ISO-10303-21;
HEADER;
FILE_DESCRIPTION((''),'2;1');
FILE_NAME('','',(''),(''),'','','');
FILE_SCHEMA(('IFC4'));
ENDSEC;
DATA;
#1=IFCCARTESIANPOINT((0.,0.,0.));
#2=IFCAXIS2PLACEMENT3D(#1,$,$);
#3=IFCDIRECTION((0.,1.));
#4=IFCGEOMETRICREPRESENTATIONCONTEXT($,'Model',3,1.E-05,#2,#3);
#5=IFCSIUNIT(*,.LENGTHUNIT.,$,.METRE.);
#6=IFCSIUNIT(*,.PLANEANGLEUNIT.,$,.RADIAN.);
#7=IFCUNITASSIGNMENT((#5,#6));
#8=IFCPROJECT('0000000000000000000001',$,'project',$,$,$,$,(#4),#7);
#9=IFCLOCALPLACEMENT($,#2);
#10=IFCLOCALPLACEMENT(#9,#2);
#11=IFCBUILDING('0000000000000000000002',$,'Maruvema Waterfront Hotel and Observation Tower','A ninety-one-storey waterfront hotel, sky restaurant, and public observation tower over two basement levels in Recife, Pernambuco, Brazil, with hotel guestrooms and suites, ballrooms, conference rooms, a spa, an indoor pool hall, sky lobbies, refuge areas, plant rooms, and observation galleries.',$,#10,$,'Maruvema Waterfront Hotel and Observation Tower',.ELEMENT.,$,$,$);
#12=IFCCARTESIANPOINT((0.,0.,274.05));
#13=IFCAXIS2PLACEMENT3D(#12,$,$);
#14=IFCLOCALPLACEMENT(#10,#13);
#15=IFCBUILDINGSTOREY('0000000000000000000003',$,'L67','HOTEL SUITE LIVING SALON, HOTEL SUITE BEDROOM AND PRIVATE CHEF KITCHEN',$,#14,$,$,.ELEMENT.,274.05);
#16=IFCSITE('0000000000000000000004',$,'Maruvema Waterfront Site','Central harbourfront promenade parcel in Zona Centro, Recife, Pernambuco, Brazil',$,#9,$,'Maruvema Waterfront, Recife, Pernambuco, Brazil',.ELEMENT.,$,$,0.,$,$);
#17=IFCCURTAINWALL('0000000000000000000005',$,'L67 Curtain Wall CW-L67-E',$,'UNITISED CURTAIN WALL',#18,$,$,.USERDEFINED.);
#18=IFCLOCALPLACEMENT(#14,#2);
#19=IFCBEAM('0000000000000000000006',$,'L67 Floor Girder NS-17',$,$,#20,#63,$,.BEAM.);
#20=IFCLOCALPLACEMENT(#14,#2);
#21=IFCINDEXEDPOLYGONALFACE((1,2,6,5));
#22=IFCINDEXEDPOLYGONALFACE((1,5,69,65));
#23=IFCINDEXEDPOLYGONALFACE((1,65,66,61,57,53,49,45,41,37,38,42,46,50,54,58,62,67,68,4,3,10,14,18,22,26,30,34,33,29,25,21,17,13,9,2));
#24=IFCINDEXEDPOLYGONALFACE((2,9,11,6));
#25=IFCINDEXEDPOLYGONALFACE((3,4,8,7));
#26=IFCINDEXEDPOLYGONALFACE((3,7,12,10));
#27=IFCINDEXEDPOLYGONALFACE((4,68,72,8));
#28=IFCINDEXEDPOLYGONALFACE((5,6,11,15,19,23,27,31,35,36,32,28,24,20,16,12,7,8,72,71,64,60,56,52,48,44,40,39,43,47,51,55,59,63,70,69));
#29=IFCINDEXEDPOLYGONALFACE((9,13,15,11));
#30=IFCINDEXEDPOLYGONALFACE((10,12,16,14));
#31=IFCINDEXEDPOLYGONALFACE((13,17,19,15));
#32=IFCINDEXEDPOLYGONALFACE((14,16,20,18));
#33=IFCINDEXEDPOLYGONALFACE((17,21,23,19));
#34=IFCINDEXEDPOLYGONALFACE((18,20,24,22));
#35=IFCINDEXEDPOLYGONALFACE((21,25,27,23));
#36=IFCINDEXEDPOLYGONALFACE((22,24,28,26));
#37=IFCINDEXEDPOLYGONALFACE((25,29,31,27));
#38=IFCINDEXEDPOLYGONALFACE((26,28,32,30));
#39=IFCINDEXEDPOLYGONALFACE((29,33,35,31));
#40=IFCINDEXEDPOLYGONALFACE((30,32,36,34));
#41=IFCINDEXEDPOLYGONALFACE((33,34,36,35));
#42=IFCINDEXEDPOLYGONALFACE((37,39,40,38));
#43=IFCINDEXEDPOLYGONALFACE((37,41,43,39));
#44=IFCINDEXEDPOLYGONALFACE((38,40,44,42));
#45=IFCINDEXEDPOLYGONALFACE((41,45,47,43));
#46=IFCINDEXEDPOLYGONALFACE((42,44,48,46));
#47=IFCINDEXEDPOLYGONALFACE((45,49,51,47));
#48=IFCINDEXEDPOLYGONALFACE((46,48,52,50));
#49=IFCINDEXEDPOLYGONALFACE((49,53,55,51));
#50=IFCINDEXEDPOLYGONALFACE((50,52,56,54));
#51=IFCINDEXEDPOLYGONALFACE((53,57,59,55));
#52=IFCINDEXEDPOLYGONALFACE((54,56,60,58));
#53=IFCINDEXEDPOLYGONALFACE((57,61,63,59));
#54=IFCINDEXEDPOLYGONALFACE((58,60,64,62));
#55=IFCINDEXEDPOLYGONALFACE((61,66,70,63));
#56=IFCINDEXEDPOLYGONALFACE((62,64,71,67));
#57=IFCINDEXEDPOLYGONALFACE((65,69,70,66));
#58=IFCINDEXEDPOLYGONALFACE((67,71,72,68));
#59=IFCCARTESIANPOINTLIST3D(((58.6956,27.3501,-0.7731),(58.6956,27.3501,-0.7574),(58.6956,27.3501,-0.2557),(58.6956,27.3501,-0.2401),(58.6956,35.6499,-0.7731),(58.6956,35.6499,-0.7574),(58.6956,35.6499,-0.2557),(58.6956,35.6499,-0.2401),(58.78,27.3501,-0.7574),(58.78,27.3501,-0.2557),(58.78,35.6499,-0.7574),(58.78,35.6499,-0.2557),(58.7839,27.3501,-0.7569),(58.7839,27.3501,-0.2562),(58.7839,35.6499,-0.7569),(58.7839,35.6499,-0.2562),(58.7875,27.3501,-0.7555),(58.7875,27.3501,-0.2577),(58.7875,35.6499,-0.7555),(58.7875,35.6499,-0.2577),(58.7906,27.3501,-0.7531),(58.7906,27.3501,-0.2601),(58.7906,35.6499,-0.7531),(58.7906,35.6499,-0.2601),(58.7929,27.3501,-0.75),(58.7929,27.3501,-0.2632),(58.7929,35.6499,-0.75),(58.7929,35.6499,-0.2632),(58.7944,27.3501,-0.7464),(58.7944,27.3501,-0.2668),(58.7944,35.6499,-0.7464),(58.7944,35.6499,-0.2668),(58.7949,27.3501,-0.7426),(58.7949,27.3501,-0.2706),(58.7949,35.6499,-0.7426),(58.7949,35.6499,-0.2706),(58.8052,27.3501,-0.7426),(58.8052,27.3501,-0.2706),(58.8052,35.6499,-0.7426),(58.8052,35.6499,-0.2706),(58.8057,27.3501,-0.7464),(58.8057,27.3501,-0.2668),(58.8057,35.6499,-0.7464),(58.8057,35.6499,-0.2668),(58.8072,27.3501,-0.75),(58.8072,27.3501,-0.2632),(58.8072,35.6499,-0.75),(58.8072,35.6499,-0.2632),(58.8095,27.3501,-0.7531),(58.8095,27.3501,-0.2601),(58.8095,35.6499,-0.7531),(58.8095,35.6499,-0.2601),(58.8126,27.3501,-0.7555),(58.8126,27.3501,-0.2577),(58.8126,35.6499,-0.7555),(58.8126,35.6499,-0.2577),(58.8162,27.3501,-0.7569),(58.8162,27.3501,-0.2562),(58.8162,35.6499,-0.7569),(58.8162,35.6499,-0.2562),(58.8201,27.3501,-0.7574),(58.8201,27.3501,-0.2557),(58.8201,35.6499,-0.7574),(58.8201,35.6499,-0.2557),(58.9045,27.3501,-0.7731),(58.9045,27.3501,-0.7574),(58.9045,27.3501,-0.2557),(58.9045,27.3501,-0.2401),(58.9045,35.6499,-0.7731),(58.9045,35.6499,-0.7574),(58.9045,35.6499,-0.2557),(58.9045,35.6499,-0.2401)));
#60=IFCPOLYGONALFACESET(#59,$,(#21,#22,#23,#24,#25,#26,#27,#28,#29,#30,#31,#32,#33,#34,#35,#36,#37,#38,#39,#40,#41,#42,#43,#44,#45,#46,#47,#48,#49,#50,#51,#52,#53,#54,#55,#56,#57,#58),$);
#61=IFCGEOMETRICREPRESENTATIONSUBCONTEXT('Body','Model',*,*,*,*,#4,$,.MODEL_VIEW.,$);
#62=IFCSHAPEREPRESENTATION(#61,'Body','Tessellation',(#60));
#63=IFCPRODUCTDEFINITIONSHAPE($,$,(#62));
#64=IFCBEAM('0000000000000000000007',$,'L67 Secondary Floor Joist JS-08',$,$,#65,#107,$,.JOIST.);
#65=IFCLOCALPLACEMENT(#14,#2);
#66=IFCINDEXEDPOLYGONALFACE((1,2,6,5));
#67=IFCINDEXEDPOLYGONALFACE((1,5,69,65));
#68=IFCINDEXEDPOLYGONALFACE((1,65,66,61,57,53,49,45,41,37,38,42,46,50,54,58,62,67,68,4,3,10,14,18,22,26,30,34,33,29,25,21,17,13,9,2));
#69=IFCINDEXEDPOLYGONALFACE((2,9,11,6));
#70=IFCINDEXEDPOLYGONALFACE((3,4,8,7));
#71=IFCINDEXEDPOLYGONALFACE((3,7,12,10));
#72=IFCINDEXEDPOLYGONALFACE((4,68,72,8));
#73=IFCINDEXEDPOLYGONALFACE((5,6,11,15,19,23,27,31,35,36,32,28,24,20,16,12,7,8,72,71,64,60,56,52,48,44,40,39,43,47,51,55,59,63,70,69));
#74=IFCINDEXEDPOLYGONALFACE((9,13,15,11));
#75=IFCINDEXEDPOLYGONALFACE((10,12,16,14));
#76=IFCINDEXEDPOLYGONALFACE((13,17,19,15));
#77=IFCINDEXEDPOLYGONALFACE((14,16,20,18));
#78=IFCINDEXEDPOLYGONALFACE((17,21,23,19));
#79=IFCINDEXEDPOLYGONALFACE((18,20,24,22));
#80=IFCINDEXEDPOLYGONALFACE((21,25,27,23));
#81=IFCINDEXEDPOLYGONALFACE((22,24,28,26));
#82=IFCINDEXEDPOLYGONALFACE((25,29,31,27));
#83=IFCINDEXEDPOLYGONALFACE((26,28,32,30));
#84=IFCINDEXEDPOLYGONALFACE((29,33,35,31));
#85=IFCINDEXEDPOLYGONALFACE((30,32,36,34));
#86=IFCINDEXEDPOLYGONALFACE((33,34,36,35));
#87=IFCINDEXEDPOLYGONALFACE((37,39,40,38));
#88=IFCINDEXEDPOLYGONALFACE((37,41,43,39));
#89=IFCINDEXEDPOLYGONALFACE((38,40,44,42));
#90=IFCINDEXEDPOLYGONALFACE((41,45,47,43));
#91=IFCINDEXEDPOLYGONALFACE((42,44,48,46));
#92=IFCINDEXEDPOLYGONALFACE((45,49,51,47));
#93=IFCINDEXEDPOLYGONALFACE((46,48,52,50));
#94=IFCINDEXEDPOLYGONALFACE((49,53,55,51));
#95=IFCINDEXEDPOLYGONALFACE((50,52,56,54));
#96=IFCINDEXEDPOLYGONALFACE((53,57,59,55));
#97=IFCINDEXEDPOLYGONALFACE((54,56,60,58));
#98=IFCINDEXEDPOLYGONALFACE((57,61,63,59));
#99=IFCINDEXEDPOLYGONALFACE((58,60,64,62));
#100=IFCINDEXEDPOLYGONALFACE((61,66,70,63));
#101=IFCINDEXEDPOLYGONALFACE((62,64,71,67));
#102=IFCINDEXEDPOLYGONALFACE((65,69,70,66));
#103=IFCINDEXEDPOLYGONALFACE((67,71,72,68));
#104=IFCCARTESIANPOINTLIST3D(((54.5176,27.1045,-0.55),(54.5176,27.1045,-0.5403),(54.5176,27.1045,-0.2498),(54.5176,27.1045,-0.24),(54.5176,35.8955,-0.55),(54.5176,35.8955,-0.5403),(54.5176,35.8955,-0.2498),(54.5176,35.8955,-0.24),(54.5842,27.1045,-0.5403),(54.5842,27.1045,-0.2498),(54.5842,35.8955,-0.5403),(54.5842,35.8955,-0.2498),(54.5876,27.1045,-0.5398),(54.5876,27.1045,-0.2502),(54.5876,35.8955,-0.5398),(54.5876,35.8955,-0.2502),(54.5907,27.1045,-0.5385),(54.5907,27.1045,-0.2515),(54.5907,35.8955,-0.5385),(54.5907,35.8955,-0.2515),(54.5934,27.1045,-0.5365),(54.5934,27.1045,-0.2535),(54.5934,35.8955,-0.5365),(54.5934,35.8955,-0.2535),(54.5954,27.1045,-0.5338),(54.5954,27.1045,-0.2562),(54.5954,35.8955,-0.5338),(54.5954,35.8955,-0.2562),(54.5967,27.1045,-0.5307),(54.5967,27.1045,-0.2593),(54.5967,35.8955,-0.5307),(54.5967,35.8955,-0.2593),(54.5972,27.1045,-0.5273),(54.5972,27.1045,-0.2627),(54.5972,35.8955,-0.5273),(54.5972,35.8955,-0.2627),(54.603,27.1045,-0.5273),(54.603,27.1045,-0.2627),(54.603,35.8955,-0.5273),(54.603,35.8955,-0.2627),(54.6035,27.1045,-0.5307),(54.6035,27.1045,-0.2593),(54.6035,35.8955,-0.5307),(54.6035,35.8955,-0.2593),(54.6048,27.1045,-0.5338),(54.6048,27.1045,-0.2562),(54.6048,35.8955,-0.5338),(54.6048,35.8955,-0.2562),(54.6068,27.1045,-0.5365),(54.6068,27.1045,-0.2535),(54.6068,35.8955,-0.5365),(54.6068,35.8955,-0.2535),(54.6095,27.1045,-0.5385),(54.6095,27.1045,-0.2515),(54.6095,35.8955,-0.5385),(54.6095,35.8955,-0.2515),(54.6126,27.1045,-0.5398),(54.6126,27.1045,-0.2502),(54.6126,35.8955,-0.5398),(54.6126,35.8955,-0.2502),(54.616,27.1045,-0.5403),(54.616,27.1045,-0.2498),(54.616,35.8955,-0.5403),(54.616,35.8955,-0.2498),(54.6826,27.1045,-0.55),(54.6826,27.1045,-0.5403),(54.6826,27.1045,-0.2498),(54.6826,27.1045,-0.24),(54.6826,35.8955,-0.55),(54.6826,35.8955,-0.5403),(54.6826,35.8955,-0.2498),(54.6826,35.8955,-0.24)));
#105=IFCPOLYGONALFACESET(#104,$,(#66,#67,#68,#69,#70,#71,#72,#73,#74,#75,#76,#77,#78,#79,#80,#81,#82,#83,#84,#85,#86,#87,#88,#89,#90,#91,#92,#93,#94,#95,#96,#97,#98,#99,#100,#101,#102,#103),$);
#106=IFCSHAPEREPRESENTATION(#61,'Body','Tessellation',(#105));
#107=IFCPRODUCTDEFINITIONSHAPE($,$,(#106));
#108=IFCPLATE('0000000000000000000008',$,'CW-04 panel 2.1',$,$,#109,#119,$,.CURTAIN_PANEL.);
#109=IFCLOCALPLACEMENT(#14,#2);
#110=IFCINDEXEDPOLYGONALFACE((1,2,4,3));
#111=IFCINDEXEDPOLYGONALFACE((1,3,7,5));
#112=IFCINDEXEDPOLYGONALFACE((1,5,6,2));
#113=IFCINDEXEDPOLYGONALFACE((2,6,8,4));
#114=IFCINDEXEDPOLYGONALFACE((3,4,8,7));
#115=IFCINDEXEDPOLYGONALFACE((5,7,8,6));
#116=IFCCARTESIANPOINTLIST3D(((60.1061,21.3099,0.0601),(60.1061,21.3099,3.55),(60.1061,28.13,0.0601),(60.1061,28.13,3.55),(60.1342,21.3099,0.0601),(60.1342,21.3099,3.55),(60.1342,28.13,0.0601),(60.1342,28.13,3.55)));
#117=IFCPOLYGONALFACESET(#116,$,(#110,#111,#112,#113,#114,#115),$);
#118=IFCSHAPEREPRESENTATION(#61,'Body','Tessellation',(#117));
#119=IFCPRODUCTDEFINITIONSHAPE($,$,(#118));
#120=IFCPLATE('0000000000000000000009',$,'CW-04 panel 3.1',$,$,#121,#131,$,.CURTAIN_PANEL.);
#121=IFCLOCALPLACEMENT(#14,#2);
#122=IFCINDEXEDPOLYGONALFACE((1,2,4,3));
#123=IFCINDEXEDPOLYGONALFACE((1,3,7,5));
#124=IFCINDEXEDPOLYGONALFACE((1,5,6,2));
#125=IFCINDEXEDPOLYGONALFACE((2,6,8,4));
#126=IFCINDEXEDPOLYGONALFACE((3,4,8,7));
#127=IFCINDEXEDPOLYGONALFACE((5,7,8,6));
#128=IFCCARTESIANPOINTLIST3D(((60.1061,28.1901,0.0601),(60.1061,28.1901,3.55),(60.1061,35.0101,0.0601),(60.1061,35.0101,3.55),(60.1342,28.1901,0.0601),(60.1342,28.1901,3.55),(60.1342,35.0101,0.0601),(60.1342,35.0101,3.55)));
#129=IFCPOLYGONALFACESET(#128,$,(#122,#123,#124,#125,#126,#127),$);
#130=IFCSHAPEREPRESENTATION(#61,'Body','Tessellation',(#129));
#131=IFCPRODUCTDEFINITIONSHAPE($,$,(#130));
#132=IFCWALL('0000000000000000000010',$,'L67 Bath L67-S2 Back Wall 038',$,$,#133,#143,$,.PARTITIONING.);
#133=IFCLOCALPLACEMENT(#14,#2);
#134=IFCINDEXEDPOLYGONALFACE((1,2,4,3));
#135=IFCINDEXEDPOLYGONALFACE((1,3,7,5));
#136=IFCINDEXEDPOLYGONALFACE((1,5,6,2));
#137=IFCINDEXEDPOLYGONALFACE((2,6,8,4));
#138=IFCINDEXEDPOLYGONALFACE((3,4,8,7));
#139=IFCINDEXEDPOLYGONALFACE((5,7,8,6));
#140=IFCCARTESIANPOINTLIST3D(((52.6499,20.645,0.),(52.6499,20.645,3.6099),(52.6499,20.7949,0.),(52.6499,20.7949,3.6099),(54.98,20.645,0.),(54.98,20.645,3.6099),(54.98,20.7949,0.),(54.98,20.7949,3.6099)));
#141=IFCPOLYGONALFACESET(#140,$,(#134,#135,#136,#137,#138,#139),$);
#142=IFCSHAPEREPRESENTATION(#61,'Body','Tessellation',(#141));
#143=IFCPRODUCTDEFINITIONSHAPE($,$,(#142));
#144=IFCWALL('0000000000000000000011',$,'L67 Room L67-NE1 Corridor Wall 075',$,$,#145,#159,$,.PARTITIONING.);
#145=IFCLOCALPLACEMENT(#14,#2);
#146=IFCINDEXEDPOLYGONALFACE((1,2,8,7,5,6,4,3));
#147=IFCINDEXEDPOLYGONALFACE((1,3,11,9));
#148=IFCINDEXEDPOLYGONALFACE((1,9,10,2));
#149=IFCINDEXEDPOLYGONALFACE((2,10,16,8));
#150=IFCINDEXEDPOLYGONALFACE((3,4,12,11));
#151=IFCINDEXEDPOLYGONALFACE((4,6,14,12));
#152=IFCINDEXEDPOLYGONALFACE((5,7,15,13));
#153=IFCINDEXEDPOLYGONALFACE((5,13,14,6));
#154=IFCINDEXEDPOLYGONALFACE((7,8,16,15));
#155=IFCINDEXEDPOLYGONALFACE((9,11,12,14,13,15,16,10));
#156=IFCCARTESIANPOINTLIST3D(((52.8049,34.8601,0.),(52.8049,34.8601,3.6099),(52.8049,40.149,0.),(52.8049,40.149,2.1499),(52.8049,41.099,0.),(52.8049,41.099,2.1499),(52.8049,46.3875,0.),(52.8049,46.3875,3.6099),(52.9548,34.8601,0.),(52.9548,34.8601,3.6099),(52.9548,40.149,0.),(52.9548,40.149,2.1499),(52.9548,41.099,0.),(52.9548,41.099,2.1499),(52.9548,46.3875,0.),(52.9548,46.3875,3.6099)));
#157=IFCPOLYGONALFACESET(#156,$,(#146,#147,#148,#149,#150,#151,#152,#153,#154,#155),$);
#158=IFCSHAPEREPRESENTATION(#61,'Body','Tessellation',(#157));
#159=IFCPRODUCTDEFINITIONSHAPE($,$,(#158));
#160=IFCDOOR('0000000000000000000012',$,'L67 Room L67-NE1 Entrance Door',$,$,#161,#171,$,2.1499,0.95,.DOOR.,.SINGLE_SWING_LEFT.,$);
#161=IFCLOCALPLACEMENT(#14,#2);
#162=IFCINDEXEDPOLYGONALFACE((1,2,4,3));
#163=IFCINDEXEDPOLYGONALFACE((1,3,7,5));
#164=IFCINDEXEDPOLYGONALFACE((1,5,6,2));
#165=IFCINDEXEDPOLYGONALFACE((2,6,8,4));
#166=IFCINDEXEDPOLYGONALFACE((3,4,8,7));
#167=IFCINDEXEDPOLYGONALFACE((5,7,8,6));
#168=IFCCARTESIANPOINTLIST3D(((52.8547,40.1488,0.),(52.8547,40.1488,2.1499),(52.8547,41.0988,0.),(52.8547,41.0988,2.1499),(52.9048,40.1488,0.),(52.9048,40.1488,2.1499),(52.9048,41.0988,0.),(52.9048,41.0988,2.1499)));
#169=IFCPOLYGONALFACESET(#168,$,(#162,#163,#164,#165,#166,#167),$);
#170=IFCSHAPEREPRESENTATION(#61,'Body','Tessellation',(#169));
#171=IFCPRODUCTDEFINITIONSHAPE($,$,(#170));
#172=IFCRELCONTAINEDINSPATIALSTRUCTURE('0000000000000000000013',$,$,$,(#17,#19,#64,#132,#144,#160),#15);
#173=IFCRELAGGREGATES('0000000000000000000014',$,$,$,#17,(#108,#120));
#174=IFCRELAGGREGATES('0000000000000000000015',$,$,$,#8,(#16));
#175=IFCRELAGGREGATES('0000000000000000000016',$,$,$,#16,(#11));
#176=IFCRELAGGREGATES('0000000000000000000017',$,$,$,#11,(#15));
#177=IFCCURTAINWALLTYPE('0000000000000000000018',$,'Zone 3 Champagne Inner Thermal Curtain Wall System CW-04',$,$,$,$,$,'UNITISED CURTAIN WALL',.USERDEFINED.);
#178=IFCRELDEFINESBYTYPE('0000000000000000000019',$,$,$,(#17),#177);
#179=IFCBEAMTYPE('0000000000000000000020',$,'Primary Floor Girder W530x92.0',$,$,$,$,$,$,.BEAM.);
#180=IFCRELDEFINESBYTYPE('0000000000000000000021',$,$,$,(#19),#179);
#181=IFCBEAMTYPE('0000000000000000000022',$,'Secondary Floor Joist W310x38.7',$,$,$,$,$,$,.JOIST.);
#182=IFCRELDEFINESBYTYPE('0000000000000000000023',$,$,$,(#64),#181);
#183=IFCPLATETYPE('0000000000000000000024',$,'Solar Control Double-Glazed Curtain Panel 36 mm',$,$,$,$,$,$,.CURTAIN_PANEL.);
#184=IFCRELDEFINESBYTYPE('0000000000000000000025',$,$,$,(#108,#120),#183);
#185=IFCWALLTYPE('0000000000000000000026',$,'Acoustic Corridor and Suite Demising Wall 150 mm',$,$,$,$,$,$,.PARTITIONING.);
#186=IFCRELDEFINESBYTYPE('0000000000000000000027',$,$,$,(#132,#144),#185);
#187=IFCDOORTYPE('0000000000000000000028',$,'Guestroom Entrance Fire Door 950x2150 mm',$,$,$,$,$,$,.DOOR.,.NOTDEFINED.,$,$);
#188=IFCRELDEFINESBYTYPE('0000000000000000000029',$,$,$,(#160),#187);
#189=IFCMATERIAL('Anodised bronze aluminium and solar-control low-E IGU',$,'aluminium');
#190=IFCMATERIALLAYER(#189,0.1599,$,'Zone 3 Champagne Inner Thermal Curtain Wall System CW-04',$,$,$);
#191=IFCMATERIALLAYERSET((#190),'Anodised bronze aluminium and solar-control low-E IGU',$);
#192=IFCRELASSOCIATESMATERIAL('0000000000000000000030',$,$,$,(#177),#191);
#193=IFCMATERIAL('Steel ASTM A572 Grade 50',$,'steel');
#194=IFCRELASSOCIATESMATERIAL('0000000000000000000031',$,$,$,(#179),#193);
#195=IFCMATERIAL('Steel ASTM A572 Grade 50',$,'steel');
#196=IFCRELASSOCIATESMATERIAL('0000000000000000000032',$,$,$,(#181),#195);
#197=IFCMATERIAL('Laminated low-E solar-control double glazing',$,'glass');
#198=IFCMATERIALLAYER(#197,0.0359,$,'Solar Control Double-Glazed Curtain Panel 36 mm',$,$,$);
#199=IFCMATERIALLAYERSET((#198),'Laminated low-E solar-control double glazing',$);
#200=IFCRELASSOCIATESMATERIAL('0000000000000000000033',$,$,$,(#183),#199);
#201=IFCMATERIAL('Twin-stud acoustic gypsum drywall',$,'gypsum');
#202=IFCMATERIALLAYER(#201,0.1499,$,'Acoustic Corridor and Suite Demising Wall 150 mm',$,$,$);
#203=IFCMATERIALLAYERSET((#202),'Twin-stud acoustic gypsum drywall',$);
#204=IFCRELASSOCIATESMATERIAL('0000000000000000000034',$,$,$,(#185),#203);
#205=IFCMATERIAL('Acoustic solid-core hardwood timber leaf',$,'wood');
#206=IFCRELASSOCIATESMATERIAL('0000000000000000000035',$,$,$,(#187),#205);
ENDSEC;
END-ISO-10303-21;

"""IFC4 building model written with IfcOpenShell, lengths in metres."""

from ifc_helpers import new_model, si_unit, direction, frame, frame_2d, origin, origin_2d, place, context, subcontext, project, spatial, rectangle, i_section, extrude, material, layer, layer_set, material_profile, profile_set, type_object, element, fill, aggregate, save


model = new_model("IFC4")

# Units and contexts
model_context = context("Model", 3, precision=1e-05, world=origin(), true_north=direction((0.0, 1.0)))
body_context = subcontext(model_context, "Body", "Model", "MODEL_VIEW")
ifc_project = project(units=[si_unit("LENGTHUNIT", "METRE"), si_unit("PLANEANGLEUNIT", "RADIAN")], contexts=[model_context])

# Site, building, storey
site_placement = place(None, origin())
site = spatial("IfcSite", under=ifc_project, at=site_placement, Name="Maruvema Waterfront Site", Description="Central harbourfront promenade parcel in Zona Centro, Recife, Pernambuco, Brazil", LongName="Maruvema Waterfront, Recife, Pernambuco, Brazil", CompositionType="ELEMENT", RefElevation=0.0)
building_placement = place(site_placement, origin())
building = spatial("IfcBuilding", under=site, at=building_placement, Name="Maruvema Waterfront Hotel and Observation Tower", Description="A ninety-one-storey waterfront hotel, sky restaurant, and public observation tower over two basement levels in Recife, Pernambuco, Brazil, with hotel guestrooms and suites, ballrooms, conference rooms, a spa, an indoor pool hall, sky lobbies, refuge areas, plant rooms, and observation galleries.", LongName="Maruvema Waterfront Hotel and Observation Tower", CompositionType="ELEMENT")
storey_placement = place(building_placement, frame((0.0, 0.0, 274.05)))
storey = spatial("IfcBuildingStorey", under=building, at=storey_placement, Name="L67", Description="HOTEL SUITE LIVING SALON, HOTEL SUITE BEDROOM AND PRIVATE CHEF KITCHEN", CompositionType="ELEMENT", Elevation=274.05)

# Curtain wall
ifc_material_1 = material(Name="Anodised bronze aluminium and solar-control low-E IGU", Category="aluminium")
ifc_layer_1 = layer(ifc_material_1, 0.1599, Name="Zone 3 Champagne Inner Thermal Curtain Wall System CW-04")
ifc_layer_set_1 = layer_set([ifc_layer_1], Name="Anodised bronze aluminium and solar-control low-E IGU")
curtain_wall_type = type_object("IfcCurtainWallType", Name="Zone 3 Champagne Inner Thermal Curtain Wall System CW-04", ElementType="UNITISED CURTAIN WALL", PredefinedType="USERDEFINED", material=ifc_layer_set_1)
curtain_wall_placement = place(storey_placement, origin())
curtain_wall = element("IfcCurtainWall", 1, at=curtain_wall_placement, inside=storey, type_object=curtain_wall_type, Name="L67 Curtain Wall CW-L67-E", ObjectType="UNITISED CURTAIN WALL", PredefinedType="USERDEFINED")

# Beams
ifc_material_2 = material(Name="Steel ASTM A572 Grade 50", Category="steel")
ifc_material_profile_1 = material_profile(ifc_material_2, i_section(OverallWidth=0.209, OverallDepth=0.533, WebThickness=0.0103, FlangeThickness=0.0156, FilletRadius=0.0149, at=origin_2d()), Name="W530x92.0")
ifc_profile_set_1 = profile_set([ifc_material_profile_1], Name="Steel ASTM A572 Grade 50")
beam_type_1 = type_object("IfcBeamType", Name="Primary Floor Girder W530x92.0", PredefinedType="BEAM", material=ifc_profile_set_1)
beam_1_placement = place(storey_placement, frame((58.8, 27.3501, -0.5066), z_axis=(0.0, 1.0, 0.0), x_axis=(-1.0, 0.0, 0.0)))
element("IfcBeam", 2, at=beam_1_placement, inside=storey, type_object=beam_type_1, Name="L67 Floor Girder NS-17", PredefinedType="BEAM", context=body_context, shape_type="SweptSolid", body=[
    extrude(i_section(OverallWidth=0.209, OverallDepth=0.533, WebThickness=0.0103, FlangeThickness=0.0156, FilletRadius=0.0149, at=origin_2d()), origin(), (0.0, 0.0, 1.0), 8.2998),
])
ifc_material_3 = material(Name="Steel ASTM A572 Grade 50", Category="steel")
ifc_material_profile_2 = material_profile(ifc_material_3, i_section(OverallWidth=0.165, OverallDepth=0.3101, WebThickness=0.0059, FlangeThickness=0.0098, FilletRadius=0.0129, at=origin_2d()), Name="W310x38.7")
ifc_profile_set_2 = profile_set([ifc_material_profile_2], Name="Steel ASTM A572 Grade 50")
beam_type_2 = type_object("IfcBeamType", Name="Secondary Floor Joist W310x38.7", PredefinedType="JOIST", material=ifc_profile_set_2)
beam_2_placement = place(storey_placement, frame((54.6001, 27.1045, -0.395), z_axis=(0.0, 1.0, 0.0), x_axis=(-1.0, 0.0, 0.0)))
element("IfcBeam", 3, at=beam_2_placement, inside=storey, type_object=beam_type_2, Name="L67 Secondary Floor Joist JS-08", PredefinedType="JOIST", context=body_context, shape_type="SweptSolid", body=[
    extrude(i_section(OverallWidth=0.165, OverallDepth=0.3101, WebThickness=0.0059, FlangeThickness=0.0098, FilletRadius=0.0129, at=origin_2d()), origin(), (0.0, 0.0, 1.0), 8.791),
])

# Plates
ifc_material_4 = material(Name="Laminated low-E solar-control double glazing", Category="glass")
ifc_layer_2 = layer(ifc_material_4, 0.0359, Name="Solar Control Double-Glazed Curtain Panel 36 mm")
ifc_layer_set_2 = layer_set([ifc_layer_2], Name="Laminated low-E solar-control double glazing")
plate_type = type_object("IfcPlateType", Name="Solar Control Double-Glazed Curtain Panel 36 mm", PredefinedType="CURTAIN_PANEL", material=ifc_layer_set_2)
plate_1_placement = place(storey_placement, frame((60.1201, 24.72, 0.0601), z_axis=(0.0, 0.0, 1.0), x_axis=(0.0, 1.0, 0.0)))
plate_1 = element("IfcPlate", 4, at=plate_1_placement, type_object=plate_type, Name="CW-04 panel 2.1", PredefinedType="CURTAIN_PANEL", context=body_context, shape_type="SweptSolid", body=[
    extrude(rectangle(XDim=6.8201, YDim=0.0281, at=origin_2d()), origin(), (0.0, 0.0, 1.0), 3.49),
])
plate_2_placement = place(storey_placement, frame((60.1201, 31.6001, 0.0601), z_axis=(0.0, 0.0, 1.0), x_axis=(0.0, 1.0, 0.0)))
plate_2 = element("IfcPlate", 5, at=plate_2_placement, type_object=plate_type, Name="CW-04 panel 3.1", PredefinedType="CURTAIN_PANEL", context=body_context, shape_type="SweptSolid", body=[
    extrude(rectangle(XDim=6.8201, YDim=0.0281, at=origin_2d()), origin(), (0.0, 0.0, 1.0), 3.49),
])
aggregate(curtain_wall, [plate_1, plate_2])

# Wall
ifc_material_5 = material(Name="Twin-stud acoustic gypsum drywall", Category="gypsum")
ifc_layer_3 = layer(ifc_material_5, 0.1499, Name="Acoustic Corridor and Suite Demising Wall 150 mm")
ifc_layer_set_3 = layer_set([ifc_layer_3], Name="Twin-stud acoustic gypsum drywall")
wall_type_1 = type_object("IfcWallType", Name="Acoustic Corridor and Suite Demising Wall 150 mm", PredefinedType="PARTITIONING", material=ifc_layer_set_3)
wall_1_placement = place(storey_placement, frame((52.6499, 20.72, 0.0), z_axis=(0.0, 0.0, 1.0), x_axis=(1.0, 0.0, 0.0)))
element("IfcWall", 6, at=wall_1_placement, inside=storey, type_object=wall_type_1, Name="L67 Bath L67-S2 Back Wall 038", PredefinedType="PARTITIONING", context=body_context, shape_type="SweptSolid", body=[
    extrude(rectangle(XDim=2.3301, YDim=0.1499, at=frame_2d((1.165, 0.0))), origin(), (0.0, 0.0, 1.0), 3.6099),
])

# Wall, opening, door
wall_2_placement = place(storey_placement, frame((52.8799, 34.8601, 0.0), z_axis=(0.0, 0.0, 1.0), x_axis=(0.0, 1.0, 0.0)))
wall_2 = element("IfcWall", 7, at=wall_2_placement, inside=storey, type_object=wall_type_1, Name="L67 Room L67-NE1 Corridor Wall 075", PredefinedType="PARTITIONING", context=body_context, shape_type="SweptSolid", body=[
    extrude(rectangle(XDim=11.5273, YDim=0.1499, at=frame_2d((5.7637, 0.0))), origin(), (0.0, 0.0, 1.0), 3.6099),
])
opening_1_placement = place(wall_2_placement, frame((5.2888, 0.0, 0.0)))
opening_1 = element("IfcOpeningElement", 8, at=opening_1_placement, cuts=wall_2, PredefinedType="OPENING", context=body_context, shape_type="SweptSolid", body=[
    extrude(rectangle(XDim=0.95, YDim=2.1499, at=frame_2d((0.4751, 1.075))), frame((0.0, 0.085, 0.0), z_axis=(0.0, -1.0, 0.0), x_axis=(1.0, 0.0, 0.0)), (0.0, 0.0, 1.0), 0.1699),
])
ifc_material_6 = material(Name="Acoustic solid-core hardwood timber leaf", Category="wood")
door_type_1 = type_object("IfcDoorType", Name="Guestroom Entrance Fire Door 950x2150 mm", OperationType="NOTDEFINED", PredefinedType="DOOR", material=ifc_material_6)
door_1_placement = place(opening_1_placement, frame((0.95, 0.0, 0.0), z_axis=(0.0, 0.0, 1.0), x_axis=(-1.0, 0.0, 0.0)))
door_1 = element("IfcDoor", 9, at=door_1_placement, inside=storey, type_object=door_type_1, Name="L67 Room L67-NE1 Entrance Door", OperationType="SINGLE_SWING_LEFT", OverallHeight=2.1499, OverallWidth=0.95, PredefinedType="DOOR", context=body_context, shape_type="SweptSolid", body=[
    extrude(rectangle(XDim=0.95, YDim=2.1499, at=frame_2d((0.4751, 1.075))), frame((0.0, 0.0249, 0.0), z_axis=(0.0, -1.0, 0.0), x_axis=(1.0, 0.0, 0.0)), (0.0, 0.0, 1.0), 0.05),
])
fill(opening_1, door_1)

save(model, "model.ifc")
